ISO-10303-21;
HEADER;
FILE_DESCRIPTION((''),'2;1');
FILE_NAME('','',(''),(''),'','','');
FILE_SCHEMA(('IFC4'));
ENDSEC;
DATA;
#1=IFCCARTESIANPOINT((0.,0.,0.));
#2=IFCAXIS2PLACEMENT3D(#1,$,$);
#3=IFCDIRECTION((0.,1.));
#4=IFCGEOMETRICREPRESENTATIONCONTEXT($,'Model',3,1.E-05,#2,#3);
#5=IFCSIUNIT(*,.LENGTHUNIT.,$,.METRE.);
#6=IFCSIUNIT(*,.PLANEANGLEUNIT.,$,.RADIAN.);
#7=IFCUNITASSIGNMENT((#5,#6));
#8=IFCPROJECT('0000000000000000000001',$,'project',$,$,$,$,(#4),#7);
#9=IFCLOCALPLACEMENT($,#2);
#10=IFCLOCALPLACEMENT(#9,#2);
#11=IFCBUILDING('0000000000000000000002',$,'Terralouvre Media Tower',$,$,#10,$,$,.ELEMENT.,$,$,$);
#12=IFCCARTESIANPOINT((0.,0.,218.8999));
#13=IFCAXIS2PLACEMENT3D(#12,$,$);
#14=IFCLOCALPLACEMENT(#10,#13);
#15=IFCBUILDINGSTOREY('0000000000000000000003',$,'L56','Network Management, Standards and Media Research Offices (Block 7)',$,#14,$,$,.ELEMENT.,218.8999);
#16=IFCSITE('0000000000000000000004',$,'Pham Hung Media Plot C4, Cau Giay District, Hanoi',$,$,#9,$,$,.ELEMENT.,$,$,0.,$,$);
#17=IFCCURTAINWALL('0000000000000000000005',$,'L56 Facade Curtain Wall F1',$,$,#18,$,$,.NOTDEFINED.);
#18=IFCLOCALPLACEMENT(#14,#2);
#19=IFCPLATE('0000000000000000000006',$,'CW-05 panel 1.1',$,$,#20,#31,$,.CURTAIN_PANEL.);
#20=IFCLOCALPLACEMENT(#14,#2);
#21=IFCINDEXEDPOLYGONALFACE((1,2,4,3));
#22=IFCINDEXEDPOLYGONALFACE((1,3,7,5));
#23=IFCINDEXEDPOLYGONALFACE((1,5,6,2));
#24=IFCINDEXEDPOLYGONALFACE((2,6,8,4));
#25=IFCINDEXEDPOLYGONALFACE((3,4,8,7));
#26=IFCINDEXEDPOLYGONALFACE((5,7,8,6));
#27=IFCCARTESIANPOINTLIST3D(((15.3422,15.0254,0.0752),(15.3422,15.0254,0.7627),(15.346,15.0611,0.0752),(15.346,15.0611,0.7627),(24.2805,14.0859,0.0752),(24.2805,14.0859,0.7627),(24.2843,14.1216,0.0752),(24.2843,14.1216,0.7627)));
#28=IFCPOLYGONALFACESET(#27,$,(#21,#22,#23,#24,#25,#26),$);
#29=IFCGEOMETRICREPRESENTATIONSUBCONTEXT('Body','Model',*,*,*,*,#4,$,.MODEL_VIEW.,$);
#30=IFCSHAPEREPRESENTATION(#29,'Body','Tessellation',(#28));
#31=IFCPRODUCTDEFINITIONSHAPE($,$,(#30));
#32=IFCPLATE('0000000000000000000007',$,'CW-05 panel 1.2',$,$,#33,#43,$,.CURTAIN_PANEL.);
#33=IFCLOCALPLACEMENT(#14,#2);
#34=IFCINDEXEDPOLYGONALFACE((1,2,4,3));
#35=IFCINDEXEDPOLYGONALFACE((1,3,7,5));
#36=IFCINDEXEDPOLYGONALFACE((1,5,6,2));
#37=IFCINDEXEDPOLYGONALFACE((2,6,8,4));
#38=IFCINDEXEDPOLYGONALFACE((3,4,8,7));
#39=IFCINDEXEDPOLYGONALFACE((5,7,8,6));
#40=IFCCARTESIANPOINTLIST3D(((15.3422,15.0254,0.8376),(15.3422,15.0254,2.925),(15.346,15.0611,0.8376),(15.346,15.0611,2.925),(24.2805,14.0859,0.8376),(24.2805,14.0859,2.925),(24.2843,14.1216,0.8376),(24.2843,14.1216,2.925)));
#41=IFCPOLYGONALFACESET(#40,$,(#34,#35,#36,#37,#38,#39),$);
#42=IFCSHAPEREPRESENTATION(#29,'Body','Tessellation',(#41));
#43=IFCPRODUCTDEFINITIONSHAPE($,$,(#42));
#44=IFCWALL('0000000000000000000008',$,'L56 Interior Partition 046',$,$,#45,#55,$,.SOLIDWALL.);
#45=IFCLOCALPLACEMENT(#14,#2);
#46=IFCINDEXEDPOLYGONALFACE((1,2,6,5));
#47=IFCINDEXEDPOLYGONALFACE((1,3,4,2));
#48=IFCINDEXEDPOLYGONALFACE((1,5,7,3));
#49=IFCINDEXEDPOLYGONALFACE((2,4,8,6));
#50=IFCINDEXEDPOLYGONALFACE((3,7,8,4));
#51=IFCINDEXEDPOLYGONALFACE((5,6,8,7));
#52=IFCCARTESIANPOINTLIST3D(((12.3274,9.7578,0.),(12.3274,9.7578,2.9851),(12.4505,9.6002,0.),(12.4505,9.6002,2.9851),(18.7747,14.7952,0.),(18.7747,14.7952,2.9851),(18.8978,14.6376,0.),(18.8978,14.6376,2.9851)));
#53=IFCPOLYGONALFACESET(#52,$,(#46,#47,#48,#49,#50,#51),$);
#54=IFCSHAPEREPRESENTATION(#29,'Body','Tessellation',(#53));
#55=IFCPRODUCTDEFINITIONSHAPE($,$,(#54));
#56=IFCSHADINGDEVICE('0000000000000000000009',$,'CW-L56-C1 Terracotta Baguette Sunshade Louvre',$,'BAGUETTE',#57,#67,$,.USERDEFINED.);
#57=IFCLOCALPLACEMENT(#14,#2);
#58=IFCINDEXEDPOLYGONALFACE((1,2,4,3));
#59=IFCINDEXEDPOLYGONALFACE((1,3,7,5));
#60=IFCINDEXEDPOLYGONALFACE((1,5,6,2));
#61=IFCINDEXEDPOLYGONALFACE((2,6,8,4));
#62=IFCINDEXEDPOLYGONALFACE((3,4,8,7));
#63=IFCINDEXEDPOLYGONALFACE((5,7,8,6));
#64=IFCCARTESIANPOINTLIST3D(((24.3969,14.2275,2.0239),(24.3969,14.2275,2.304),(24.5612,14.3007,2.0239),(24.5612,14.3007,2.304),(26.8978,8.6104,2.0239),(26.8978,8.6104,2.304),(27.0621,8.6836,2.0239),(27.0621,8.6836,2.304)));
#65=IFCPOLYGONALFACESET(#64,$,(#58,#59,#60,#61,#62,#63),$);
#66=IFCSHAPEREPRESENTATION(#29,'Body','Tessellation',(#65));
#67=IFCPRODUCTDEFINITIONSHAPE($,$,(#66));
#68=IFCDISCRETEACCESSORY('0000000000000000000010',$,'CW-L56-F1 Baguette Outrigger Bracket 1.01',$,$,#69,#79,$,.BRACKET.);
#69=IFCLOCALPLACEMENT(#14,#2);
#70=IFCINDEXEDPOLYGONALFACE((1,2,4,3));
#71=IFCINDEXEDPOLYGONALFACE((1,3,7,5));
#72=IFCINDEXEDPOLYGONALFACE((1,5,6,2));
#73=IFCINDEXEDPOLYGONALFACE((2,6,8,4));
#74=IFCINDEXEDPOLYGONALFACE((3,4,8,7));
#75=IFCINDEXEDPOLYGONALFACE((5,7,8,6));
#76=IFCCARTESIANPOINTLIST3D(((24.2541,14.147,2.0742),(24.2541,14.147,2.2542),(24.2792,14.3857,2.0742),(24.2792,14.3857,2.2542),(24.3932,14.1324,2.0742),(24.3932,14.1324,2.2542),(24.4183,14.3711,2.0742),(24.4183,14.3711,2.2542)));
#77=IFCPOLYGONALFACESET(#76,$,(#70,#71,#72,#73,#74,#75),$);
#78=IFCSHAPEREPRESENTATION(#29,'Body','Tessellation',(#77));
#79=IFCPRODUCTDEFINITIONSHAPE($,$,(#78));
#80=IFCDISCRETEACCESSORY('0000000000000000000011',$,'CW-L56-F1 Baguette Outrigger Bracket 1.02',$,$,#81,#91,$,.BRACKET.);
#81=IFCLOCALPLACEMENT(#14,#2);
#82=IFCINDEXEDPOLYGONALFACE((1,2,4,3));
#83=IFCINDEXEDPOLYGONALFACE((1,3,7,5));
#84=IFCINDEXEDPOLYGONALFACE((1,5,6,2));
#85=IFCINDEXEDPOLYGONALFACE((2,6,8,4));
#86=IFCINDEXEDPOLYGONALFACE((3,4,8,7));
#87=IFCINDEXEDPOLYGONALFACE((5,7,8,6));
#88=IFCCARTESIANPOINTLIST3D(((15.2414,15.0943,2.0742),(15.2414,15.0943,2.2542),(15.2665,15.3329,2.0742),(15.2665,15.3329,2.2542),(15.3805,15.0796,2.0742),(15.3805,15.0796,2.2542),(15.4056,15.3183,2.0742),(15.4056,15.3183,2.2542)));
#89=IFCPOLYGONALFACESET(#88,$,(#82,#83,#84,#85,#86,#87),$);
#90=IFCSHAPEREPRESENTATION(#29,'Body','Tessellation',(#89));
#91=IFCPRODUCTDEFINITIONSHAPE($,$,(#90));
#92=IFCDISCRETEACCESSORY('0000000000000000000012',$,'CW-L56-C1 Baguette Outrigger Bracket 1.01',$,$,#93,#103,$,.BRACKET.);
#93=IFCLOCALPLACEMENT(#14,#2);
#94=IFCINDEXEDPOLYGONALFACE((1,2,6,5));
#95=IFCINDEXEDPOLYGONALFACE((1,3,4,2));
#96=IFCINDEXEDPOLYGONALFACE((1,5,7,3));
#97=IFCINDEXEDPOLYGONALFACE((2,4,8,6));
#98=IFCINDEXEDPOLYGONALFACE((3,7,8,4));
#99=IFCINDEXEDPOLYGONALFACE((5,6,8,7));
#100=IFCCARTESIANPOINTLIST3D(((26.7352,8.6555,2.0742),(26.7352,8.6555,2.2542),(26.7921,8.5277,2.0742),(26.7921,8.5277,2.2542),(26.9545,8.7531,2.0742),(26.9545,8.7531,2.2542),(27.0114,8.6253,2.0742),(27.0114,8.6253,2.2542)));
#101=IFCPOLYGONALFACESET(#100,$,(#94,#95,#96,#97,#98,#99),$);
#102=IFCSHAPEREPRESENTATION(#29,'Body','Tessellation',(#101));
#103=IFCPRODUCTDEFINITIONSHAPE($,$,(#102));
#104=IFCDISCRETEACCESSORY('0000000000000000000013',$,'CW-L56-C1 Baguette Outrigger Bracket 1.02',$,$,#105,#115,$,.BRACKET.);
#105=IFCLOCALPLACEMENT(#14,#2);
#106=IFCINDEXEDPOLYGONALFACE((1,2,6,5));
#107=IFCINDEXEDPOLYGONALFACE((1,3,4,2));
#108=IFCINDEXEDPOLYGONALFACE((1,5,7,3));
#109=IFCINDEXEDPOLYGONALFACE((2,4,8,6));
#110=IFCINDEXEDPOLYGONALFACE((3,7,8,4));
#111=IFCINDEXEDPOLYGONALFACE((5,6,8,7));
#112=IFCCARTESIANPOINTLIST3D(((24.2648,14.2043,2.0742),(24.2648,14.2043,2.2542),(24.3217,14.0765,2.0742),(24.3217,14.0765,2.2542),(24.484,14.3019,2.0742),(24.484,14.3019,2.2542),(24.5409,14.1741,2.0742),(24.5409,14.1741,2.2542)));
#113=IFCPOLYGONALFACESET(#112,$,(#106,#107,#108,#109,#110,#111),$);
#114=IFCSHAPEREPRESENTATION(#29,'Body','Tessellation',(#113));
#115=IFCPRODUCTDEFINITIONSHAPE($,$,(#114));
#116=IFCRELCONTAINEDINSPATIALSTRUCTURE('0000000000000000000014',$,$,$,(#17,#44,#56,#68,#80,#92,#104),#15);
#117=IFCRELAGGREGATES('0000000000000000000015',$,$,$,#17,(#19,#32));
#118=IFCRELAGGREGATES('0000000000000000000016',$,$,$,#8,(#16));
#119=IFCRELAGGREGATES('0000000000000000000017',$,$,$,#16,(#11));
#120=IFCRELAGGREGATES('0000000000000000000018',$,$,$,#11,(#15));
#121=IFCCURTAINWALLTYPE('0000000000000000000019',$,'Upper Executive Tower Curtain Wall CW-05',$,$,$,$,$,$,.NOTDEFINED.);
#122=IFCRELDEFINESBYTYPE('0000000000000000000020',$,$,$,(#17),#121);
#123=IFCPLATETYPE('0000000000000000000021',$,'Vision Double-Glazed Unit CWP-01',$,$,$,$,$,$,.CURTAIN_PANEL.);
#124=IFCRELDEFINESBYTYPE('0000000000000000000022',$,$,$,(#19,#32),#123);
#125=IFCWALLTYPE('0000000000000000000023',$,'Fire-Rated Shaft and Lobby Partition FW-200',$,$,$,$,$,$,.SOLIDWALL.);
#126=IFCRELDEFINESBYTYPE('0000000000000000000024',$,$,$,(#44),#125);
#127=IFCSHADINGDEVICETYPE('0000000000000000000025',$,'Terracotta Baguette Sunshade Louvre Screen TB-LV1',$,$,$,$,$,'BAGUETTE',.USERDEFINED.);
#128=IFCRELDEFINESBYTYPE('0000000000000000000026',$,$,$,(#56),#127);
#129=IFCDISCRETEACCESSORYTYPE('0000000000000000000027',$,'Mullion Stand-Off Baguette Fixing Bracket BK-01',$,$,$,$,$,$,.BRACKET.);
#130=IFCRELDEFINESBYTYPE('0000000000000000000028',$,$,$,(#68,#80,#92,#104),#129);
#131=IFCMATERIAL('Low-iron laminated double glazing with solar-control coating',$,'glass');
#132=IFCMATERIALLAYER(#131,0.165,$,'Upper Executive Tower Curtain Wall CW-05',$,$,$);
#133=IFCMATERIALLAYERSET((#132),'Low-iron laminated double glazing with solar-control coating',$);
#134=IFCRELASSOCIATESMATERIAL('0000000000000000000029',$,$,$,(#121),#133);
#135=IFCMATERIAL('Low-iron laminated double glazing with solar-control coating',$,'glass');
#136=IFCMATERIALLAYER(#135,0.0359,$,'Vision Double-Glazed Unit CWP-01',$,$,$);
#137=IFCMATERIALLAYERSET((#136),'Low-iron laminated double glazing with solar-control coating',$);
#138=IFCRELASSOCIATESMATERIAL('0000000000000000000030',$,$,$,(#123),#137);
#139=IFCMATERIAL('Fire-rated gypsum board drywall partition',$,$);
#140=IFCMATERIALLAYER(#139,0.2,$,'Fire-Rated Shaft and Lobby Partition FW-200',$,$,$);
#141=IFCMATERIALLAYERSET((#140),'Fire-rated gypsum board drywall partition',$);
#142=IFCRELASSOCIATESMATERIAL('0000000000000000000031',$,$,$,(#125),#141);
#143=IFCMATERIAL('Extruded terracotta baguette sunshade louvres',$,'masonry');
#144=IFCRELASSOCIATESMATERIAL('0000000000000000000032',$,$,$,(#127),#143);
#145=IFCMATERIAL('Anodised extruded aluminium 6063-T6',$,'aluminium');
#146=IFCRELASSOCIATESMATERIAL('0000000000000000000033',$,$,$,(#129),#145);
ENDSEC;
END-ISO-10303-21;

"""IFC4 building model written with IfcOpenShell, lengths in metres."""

from ifc_helpers import new_model, si_unit, direction, frame, frame_2d, origin, origin_2d, place, context, subcontext, project, spatial, rectangle, extrude, material, layer, layer_set, type_object, element, aggregate, save


model = new_model("IFC4")

# Units and contexts
model_context = context("Model", 3, precision=1e-05, world=origin(), true_north=direction((0.0, 1.0)))
body_context = subcontext(model_context, "Body", "Model", "MODEL_VIEW")
ifc_project = project(units=[si_unit("LENGTHUNIT", "METRE"), si_unit("PLANEANGLEUNIT", "RADIAN")], contexts=[model_context])

# Site, building, storey
site_placement = place(None, origin())
site = spatial("IfcSite", under=ifc_project, at=site_placement, Name="Pham Hung Media Plot C4, Cau Giay District, Hanoi", CompositionType="ELEMENT", RefElevation=0.0)
building_placement = place(site_placement, origin())
building = spatial("IfcBuilding", under=site, at=building_placement, Name="Terralouvre Media Tower", CompositionType="ELEMENT")
storey_placement = place(building_placement, frame((0.0, 0.0, 218.8999)))
storey = spatial("IfcBuildingStorey", under=building, at=storey_placement, Name="L56", Description="Network Management, Standards and Media Research Offices (Block 7)", CompositionType="ELEMENT", Elevation=218.8999)

# Curtain wall
ifc_material_1 = material(Name="Low-iron laminated double glazing with solar-control coating", Category="glass")
ifc_layer_1 = layer(ifc_material_1, 0.165, Name="Upper Executive Tower Curtain Wall CW-05")
ifc_layer_set_1 = layer_set([ifc_layer_1], Name="Low-iron laminated double glazing with solar-control coating")
curtain_wall_type_1 = type_object("IfcCurtainWallType", Name="Upper Executive Tower Curtain Wall CW-05", PredefinedType="NOTDEFINED", material=ifc_layer_set_1)
curtain_wall_1_placement = place(storey_placement, origin())
curtain_wall_1 = element("IfcCurtainWall", 1, at=curtain_wall_1_placement, inside=storey, type_object=curtain_wall_type_1, Name="L56 Facade Curtain Wall F1", PredefinedType="NOTDEFINED")

# Plates
ifc_material_2 = material(Name="Low-iron laminated double glazing with solar-control coating", Category="glass")
ifc_layer_2 = layer(ifc_material_2, 0.0359, Name="Vision Double-Glazed Unit CWP-01")
ifc_layer_set_2 = layer_set([ifc_layer_2], Name="Low-iron laminated double glazing with solar-control coating")
plate_type_1 = type_object("IfcPlateType", Name="Vision Double-Glazed Unit CWP-01", PredefinedType="CURTAIN_PANEL", material=ifc_layer_set_2)
plate_1_placement = place(storey_placement, frame((19.8132, 14.5735, 0.0752), z_axis=(0.0, 0.0, 1.0), x_axis=(-0.994522, 0.104529, 0.0)))
plate_1 = element("IfcPlate", 2, at=plate_1_placement, type_object=plate_type_1, Name="CW-05 panel 1.1", PredefinedType="CURTAIN_PANEL", context=body_context, shape_type="SweptSolid", body=[
    extrude(rectangle(XDim=8.9875, YDim=0.0359, at=origin_2d()), origin(), (0.0, 0.0, 1.0), 0.6875),
])
plate_2_placement = place(storey_placement, frame((19.8132, 14.5735, 0.8376), z_axis=(0.0, 0.0, 1.0), x_axis=(-0.994522, 0.104529, 0.0)))
plate_2 = element("IfcPlate", 3, at=plate_2_placement, type_object=plate_type_1, Name="CW-05 panel 1.2", PredefinedType="CURTAIN_PANEL", context=body_context, shape_type="SweptSolid", body=[
    extrude(rectangle(XDim=8.9875, YDim=0.0359, at=origin_2d()), origin(), (0.0, 0.0, 1.0), 2.0874),
])
aggregate(curtain_wall_1, [plate_1, plate_2])

# Wall
ifc_material_3 = material(Name="Fire-rated gypsum board drywall partition")
ifc_layer_3 = layer(ifc_material_3, 0.2, Name="Fire-Rated Shaft and Lobby Partition FW-200")
ifc_layer_set_3 = layer_set([ifc_layer_3], Name="Fire-rated gypsum board drywall partition")
wall_type = type_object("IfcWallType", Name="Fire-Rated Shaft and Lobby Partition FW-200", PredefinedType="SOLIDWALL", material=ifc_layer_set_3)
wall_placement = place(storey_placement, frame((18.8362, 14.7163, 0.0), z_axis=(0.0, 0.0, 1.0), x_axis=(-0.787999, -0.615676, 0.0)))
element("IfcWall", 4, at=wall_placement, inside=storey, type_object=wall_type, Name="L56 Interior Partition 046", PredefinedType="SOLIDWALL", context=body_context, shape_type="SweptSolid", body=[
    extrude(rectangle(XDim=8.1819, YDim=0.2, at=frame_2d((4.0908, 0.0))), origin(), (0.0, 0.0, 1.0), 2.9851),
])

# Shading device
ifc_material_4 = material(Name="Extruded terracotta baguette sunshade louvres", Category="masonry")
shading_device_type = type_object("IfcShadingDeviceType", Name="Terracotta Baguette Sunshade Louvre Screen TB-LV1", ElementType="BAGUETTE", PredefinedType="USERDEFINED", material=ifc_material_4)
shading_device_placement = place(storey_placement, frame((25.7295, 11.4556, 2.0239), z_axis=(0.0, 0.0, 1.0), x_axis=(-0.406737, 0.913545, 0.0)))
element("IfcShadingDevice", 5, at=shading_device_placement, inside=storey, type_object=shading_device_type, Name="CW-L56-C1 Terracotta Baguette Sunshade Louvre", ObjectType="BAGUETTE", PredefinedType="USERDEFINED", context=body_context, shape_type="SweptSolid", body=[
    extrude(rectangle(XDim=6.1487, YDim=0.1799, at=origin_2d()), origin(), (0.0, 0.0, 1.0), 0.28),
])

# Discrete accessories
ifc_material_5 = material(Name="Anodised extruded aluminium 6063-T6", Category="aluminium")
discrete_accessory_type = type_object("IfcDiscreteAccessoryType", Name="Mullion Stand-Off Baguette Fixing Bracket BK-01", PredefinedType="BRACKET", material=ifc_material_5)
for number, where, z_axis, x_axis, name in (
    (6, (24.3362, 14.259, 2.0742), (0.0, 0.0, 1.0), (-0.994522, 0.104529, 0.0), "CW-L56-F1 Baguette Outrigger Bracket 1.01"),
    (7, (15.3235, 15.2063, 2.0742), (0.0, 0.0, 1.0), (-0.994522, 0.104529, 0.0), "CW-L56-F1 Baguette Outrigger Bracket 1.02"),
    (8, (26.8733, 8.6404, 2.0742), (0.0, 0.0, 1.0), (-0.406737, 0.913545, 0.0), "CW-L56-C1 Baguette Outrigger Bracket 1.01"),
    (9, (24.4028, 14.1892, 2.0742), (0.0, 0.0, 1.0), (-0.406737, 0.913545, 0.0), "CW-L56-C1 Baguette Outrigger Bracket 1.02"),
):
    element("IfcDiscreteAccessory", number, at=place(storey_placement, frame(where, z_axis=z_axis, x_axis=x_axis)), inside=storey, type_object=discrete_accessory_type, Name=name, PredefinedType="BRACKET", context=body_context, shape_type="SweptSolid", body=[
        extrude(rectangle(XDim=0.1399, YDim=0.24, at=origin_2d()), origin(), (0.0, 0.0, 1.0), 0.1799),
    ])

save(model, "model.ifc")
